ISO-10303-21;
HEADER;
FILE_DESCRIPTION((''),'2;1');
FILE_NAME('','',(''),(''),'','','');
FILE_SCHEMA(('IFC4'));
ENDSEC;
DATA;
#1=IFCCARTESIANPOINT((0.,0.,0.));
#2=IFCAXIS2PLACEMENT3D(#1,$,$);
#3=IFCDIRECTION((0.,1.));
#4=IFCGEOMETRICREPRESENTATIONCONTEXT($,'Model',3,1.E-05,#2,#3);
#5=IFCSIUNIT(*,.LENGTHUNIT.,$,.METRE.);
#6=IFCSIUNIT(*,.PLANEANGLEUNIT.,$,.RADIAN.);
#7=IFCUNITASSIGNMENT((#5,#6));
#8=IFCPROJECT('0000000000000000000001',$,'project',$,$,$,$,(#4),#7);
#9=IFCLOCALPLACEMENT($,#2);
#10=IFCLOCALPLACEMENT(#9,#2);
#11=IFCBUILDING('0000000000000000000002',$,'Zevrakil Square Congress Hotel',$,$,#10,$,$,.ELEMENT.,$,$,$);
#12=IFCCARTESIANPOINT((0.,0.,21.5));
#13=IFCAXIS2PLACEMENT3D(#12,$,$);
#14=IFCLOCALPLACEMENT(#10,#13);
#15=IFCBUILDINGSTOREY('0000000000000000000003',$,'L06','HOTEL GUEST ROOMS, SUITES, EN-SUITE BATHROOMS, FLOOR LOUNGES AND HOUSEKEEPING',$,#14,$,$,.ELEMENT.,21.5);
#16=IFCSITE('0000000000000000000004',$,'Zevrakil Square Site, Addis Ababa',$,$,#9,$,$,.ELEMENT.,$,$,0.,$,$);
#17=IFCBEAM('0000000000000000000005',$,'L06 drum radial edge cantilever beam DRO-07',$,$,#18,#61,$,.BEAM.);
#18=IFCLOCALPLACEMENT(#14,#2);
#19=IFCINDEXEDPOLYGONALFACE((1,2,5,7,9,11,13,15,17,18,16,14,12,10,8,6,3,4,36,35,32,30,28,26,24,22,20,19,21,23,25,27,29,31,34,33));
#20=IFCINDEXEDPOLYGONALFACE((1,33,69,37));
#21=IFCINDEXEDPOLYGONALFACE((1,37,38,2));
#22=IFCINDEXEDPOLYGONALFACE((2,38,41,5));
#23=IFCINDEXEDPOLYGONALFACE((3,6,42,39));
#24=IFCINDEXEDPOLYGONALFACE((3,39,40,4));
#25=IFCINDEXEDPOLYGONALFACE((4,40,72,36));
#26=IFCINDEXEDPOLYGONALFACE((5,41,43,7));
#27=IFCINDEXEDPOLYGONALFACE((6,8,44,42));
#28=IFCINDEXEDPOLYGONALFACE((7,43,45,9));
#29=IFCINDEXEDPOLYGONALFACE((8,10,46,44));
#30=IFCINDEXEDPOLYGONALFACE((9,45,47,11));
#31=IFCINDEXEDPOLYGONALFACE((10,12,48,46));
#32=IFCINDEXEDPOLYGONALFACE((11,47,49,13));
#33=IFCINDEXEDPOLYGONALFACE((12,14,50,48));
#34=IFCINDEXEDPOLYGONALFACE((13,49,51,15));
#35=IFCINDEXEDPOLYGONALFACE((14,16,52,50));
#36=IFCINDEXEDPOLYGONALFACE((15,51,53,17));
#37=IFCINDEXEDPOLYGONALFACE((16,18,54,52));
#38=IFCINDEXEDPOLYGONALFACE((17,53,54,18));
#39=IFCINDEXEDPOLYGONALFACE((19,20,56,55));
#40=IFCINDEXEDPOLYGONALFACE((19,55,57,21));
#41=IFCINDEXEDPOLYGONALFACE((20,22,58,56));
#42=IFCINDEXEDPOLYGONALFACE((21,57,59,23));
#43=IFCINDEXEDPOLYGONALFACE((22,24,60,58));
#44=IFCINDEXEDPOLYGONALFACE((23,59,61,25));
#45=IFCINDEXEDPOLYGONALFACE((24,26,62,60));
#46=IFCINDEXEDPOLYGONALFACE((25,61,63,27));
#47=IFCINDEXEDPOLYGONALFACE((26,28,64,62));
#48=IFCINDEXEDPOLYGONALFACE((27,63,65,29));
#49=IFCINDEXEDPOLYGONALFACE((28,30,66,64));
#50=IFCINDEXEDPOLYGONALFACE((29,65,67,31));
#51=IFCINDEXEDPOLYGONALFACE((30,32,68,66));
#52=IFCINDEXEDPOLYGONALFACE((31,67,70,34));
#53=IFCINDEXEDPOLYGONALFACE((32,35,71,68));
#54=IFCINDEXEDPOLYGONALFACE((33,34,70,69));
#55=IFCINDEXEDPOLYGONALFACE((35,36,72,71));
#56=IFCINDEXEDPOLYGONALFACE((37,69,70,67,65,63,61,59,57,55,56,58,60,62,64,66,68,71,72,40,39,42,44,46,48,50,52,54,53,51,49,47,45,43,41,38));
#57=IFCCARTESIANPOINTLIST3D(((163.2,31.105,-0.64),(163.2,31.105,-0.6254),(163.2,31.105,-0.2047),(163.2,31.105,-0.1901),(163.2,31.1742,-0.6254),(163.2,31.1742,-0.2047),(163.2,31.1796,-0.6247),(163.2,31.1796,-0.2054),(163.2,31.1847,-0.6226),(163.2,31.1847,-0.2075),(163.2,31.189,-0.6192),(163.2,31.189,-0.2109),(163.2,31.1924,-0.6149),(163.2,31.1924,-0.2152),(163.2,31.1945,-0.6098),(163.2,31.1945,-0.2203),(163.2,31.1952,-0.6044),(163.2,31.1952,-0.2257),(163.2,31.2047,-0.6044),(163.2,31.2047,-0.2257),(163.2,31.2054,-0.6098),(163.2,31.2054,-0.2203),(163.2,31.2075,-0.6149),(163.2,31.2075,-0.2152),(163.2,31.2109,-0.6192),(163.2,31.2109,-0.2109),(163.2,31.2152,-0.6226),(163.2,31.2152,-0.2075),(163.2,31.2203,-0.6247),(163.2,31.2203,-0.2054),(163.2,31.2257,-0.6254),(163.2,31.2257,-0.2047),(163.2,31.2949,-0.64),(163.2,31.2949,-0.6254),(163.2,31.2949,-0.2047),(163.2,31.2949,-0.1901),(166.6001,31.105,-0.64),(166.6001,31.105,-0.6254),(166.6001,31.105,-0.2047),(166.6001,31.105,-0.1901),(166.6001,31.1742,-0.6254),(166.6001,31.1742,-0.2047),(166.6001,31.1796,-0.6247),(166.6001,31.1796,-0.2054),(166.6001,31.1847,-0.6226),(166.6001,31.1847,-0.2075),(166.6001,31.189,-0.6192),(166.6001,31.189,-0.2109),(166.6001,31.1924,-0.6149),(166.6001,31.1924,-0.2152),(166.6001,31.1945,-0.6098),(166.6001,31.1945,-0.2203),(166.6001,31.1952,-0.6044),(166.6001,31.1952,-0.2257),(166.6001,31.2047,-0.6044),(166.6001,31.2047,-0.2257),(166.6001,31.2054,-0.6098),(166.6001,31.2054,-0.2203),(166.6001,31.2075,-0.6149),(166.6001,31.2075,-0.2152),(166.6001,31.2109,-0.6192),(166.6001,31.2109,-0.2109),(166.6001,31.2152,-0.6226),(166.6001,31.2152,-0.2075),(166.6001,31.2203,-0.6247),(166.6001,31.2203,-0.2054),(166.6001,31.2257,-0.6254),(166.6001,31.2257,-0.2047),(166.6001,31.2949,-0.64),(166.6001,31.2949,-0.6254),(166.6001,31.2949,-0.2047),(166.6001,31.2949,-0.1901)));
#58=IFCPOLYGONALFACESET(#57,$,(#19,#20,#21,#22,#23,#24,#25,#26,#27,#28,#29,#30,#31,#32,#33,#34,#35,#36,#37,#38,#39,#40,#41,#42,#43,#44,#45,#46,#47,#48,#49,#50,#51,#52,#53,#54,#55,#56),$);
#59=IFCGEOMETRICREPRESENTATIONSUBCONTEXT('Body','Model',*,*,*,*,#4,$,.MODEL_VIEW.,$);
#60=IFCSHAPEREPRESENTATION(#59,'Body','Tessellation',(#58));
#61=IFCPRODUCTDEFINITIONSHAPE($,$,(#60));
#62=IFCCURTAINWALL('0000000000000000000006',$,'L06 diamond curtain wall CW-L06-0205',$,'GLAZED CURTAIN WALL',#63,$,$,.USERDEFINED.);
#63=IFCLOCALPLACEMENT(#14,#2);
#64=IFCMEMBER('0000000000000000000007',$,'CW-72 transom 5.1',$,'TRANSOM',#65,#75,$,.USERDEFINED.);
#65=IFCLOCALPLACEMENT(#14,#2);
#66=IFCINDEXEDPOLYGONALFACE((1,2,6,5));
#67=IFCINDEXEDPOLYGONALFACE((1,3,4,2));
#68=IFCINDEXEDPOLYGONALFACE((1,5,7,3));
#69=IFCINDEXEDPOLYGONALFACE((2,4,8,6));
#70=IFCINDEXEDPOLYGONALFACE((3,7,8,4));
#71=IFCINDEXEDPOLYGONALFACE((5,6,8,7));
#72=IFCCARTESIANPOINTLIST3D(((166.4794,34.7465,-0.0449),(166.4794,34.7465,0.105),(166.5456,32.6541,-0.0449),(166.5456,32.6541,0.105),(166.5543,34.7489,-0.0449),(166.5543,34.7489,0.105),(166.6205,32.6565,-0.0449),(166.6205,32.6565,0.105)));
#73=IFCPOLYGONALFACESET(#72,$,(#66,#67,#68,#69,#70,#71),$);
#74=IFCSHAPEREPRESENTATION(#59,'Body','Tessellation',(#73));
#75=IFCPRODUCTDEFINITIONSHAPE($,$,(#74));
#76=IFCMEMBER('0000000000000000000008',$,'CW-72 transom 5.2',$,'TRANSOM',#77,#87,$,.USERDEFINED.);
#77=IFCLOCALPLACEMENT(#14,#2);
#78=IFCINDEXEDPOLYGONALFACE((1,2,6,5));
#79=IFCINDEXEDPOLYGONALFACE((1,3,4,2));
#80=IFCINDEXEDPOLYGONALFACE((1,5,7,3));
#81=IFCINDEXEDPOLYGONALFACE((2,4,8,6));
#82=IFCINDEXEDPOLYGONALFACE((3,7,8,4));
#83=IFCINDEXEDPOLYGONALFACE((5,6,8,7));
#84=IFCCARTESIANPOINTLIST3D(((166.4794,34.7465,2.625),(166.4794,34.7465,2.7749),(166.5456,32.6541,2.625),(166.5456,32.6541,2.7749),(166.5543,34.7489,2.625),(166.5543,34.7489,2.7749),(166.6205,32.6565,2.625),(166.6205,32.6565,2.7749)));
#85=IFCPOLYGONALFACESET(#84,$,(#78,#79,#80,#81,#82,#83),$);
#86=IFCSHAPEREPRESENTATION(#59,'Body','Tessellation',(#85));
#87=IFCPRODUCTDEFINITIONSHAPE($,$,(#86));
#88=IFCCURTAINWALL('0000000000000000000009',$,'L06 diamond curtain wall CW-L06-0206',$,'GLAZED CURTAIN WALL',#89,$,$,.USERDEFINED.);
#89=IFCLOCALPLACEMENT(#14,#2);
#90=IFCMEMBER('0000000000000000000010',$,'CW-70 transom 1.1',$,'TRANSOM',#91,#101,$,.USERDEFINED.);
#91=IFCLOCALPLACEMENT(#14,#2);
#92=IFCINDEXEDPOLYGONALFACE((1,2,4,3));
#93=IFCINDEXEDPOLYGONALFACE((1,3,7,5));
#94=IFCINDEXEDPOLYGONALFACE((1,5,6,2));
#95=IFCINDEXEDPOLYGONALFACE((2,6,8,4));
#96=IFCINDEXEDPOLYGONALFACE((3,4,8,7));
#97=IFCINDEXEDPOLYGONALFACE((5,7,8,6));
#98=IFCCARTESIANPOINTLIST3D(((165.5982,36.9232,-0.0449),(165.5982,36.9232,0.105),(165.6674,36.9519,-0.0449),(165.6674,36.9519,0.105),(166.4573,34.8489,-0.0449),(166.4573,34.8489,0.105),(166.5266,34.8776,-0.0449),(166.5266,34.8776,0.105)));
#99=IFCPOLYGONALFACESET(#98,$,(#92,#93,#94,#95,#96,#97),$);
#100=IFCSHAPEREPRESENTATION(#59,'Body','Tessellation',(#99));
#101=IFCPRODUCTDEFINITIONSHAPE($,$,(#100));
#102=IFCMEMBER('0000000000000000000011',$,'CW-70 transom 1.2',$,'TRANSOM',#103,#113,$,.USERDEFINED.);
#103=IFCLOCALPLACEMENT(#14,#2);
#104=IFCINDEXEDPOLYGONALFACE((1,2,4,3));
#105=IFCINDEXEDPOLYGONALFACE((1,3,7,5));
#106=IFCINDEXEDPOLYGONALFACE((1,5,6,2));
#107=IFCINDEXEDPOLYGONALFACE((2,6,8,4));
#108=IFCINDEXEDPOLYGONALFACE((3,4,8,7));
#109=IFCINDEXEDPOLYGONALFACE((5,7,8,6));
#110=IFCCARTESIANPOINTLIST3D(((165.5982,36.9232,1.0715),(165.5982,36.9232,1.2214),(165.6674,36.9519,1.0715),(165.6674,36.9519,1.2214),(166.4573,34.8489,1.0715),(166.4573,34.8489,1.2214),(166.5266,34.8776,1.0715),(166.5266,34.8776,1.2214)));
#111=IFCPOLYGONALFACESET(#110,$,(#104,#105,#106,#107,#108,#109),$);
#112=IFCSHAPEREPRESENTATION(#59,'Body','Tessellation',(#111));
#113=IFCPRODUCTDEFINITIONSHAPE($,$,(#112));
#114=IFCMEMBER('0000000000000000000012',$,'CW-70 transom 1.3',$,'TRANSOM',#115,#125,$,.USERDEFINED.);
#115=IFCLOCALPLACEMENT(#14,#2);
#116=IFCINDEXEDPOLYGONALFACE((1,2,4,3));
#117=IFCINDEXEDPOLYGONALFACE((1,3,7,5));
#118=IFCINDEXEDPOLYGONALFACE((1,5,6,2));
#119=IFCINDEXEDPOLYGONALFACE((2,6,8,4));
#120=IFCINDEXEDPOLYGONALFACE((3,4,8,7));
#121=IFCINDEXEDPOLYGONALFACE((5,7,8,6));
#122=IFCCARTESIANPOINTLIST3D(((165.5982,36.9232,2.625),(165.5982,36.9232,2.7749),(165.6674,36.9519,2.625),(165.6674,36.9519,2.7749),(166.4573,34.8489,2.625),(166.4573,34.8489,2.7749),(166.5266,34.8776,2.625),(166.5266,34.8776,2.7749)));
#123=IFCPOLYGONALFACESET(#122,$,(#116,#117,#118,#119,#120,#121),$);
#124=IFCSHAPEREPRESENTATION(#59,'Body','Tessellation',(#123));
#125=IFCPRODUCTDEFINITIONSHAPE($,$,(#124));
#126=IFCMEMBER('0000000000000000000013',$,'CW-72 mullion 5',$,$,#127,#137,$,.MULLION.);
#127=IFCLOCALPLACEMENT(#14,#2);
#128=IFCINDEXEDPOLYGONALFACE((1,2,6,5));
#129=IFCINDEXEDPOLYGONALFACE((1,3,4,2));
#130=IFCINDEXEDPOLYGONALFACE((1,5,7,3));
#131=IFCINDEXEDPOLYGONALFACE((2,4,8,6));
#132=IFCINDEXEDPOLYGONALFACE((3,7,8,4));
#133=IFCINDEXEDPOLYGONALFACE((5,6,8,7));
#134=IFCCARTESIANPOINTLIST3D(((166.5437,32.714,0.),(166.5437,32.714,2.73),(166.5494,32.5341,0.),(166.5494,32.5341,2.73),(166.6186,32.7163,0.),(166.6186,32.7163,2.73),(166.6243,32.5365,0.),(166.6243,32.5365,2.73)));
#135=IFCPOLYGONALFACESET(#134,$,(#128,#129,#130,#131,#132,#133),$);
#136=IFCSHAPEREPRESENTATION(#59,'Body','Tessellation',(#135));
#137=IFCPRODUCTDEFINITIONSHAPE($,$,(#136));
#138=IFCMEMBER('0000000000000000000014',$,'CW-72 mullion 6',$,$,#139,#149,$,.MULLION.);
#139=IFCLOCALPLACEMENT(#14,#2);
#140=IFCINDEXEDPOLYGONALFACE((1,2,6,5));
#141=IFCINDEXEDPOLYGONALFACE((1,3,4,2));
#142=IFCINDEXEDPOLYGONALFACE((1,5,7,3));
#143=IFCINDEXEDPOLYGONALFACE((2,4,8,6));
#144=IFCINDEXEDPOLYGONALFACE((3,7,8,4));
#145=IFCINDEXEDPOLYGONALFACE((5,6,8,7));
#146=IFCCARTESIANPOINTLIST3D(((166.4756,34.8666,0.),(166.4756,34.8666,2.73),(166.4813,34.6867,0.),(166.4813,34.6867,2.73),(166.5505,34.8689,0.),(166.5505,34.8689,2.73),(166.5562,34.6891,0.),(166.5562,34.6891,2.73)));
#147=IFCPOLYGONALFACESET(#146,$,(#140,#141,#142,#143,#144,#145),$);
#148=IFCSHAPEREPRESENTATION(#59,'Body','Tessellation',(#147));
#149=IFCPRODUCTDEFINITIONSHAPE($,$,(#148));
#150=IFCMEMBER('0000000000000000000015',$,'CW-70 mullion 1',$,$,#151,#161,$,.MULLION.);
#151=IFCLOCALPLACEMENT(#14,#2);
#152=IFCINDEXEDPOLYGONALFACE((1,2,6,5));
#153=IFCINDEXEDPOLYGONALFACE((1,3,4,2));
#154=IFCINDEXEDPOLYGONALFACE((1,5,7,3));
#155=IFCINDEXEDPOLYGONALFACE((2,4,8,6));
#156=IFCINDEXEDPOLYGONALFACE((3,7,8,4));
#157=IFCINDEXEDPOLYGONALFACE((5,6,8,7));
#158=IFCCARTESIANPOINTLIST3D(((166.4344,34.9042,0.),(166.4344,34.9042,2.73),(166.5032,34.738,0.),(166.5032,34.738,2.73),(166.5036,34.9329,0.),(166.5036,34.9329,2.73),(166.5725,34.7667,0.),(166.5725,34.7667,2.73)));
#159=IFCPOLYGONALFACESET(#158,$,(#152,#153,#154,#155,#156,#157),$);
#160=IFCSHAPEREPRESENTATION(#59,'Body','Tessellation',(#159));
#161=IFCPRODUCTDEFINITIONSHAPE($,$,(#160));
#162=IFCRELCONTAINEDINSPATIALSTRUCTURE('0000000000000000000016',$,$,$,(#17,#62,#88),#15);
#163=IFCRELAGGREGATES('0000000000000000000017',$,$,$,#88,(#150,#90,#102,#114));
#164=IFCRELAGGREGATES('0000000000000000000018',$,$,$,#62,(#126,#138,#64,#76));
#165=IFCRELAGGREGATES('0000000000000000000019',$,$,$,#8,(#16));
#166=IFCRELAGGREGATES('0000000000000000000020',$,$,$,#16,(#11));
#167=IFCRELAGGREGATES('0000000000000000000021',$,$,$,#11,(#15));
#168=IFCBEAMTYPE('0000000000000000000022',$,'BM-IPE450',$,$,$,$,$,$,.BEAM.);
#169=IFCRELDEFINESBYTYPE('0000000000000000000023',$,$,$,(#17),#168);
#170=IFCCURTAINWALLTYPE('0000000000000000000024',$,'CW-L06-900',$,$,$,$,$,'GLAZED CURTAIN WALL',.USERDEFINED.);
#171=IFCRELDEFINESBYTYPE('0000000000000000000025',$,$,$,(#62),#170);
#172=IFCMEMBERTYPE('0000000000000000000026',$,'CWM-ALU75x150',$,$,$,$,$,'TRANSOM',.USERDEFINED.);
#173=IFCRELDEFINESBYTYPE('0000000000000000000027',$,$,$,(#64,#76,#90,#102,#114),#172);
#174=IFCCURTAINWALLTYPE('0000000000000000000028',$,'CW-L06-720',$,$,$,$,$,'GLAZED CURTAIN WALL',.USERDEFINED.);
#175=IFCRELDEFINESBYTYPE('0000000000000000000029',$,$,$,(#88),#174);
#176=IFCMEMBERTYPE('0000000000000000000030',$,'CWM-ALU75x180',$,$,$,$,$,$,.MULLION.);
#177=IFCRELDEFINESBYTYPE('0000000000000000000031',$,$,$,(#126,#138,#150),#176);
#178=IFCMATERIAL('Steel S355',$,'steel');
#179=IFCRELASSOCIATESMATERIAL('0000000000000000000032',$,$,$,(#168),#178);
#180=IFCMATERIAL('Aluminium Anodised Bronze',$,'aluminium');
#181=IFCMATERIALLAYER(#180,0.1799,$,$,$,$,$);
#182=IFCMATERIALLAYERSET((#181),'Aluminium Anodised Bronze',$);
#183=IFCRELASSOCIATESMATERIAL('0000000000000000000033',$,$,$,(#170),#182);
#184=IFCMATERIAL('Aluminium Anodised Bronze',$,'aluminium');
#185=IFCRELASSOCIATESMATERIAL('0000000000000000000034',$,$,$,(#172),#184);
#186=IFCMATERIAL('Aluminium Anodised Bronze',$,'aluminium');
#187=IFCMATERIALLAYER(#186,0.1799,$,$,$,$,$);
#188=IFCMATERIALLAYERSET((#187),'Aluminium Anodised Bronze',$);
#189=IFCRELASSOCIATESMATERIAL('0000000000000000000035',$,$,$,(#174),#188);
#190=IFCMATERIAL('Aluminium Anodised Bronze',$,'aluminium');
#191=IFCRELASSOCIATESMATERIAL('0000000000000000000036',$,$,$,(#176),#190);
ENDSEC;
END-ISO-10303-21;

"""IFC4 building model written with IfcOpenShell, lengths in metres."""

from ifc_helpers import new_model, si_unit, direction, frame, origin, origin_2d, place, context, subcontext, project, spatial, rectangle, i_section, extrude, material, layer, layer_set, material_profile, profile_set, type_object, element, aggregate, save


model = new_model("IFC4")

# Units and contexts
model_context = context("Model", 3, precision=1e-05, world=origin(), true_north=direction((0.0, 1.0)))
body_context = subcontext(model_context, "Body", "Model", "MODEL_VIEW")
ifc_project = project(units=[si_unit("LENGTHUNIT", "METRE"), si_unit("PLANEANGLEUNIT", "RADIAN")], contexts=[model_context])

# Site, building, storey
site_placement = place(None, origin())
site = spatial("IfcSite", under=ifc_project, at=site_placement, Name="Zevrakil Square Site, Addis Ababa", CompositionType="ELEMENT", RefElevation=0.0)
building_placement = place(site_placement, origin())
building = spatial("IfcBuilding", under=site, at=building_placement, Name="Zevrakil Square Congress Hotel", CompositionType="ELEMENT")
storey_placement = place(building_placement, frame((0.0, 0.0, 21.5)))
storey = spatial("IfcBuildingStorey", under=building, at=storey_placement, Name="L06", Description="HOTEL GUEST ROOMS, SUITES, EN-SUITE BATHROOMS, FLOOR LOUNGES AND HOUSEKEEPING", CompositionType="ELEMENT", Elevation=21.5)

# Beam
ifc_material_1 = material(Name="Steel S355", Category="steel")
ifc_material_profile_1 = material_profile(ifc_material_1, i_section(OverallWidth=0.1899, OverallDepth=0.45, WebThickness=0.0095, FlangeThickness=0.0146, FilletRadius=0.021, at=origin_2d()), Name="IPE 450")
ifc_profile_set_1 = profile_set([ifc_material_profile_1], Name="Steel S355")
beam_type_1 = type_object("IfcBeamType", Name="BM-IPE450", PredefinedType="BEAM", material=ifc_profile_set_1)
beam_1_placement = place(storey_placement, frame((163.2, 31.2, -0.415), z_axis=(1.0, 0.0, 0.0), x_axis=(0.0, 1.0, 0.0)))
element("IfcBeam", 1, at=beam_1_placement, inside=storey, type_object=beam_type_1, Name="L06 drum radial edge cantilever beam DRO-07", PredefinedType="BEAM", context=body_context, shape_type="SweptSolid", body=[
    extrude(i_section(OverallWidth=0.1899, OverallDepth=0.45, WebThickness=0.0095, FlangeThickness=0.0146, FilletRadius=0.021, at=origin_2d()), origin(), (0.0, 0.0, 1.0), 3.4001),
])

# Curtain walls, members
ifc_material_2 = material(Name="Aluminium Anodised Bronze", Category="aluminium")
ifc_layer_1 = layer(ifc_material_2, 0.1799)
ifc_layer_set_1 = layer_set([ifc_layer_1], Name="Aluminium Anodised Bronze")
curtain_wall_type_1 = type_object("IfcCurtainWallType", Name="CW-L06-900", ElementType="GLAZED CURTAIN WALL", PredefinedType="USERDEFINED", material=ifc_layer_set_1)
curtain_wall_1_placement = place(storey_placement, origin())
curtain_wall_1 = element("IfcCurtainWall", 2, at=curtain_wall_1_placement, inside=storey, type_object=curtain_wall_type_1, Name="L06 diamond curtain wall CW-L06-0205", ObjectType="GLAZED CURTAIN WALL", PredefinedType="USERDEFINED")
ifc_material_3 = material(Name="Aluminium Anodised Bronze", Category="aluminium")
ifc_material_profile_2 = material_profile(ifc_material_3, rectangle(XDim=0.075, YDim=0.1499, at=origin_2d()), Name="ALU 75x150")
ifc_profile_set_2 = profile_set([ifc_material_profile_2], Name="Aluminium Anodised Bronze")
member_type_1 = type_object("IfcMemberType", Name="CWM-ALU75x150", ElementType="TRANSOM", PredefinedType="USERDEFINED", material=ifc_profile_set_2)
member_1_placement = place(storey_placement, frame((166.583, 32.6553, 0.03), z_axis=(-0.031602, 0.999501, 0.0), x_axis=(-0.999501, -0.031602, 0.0)))
member_1 = element("IfcMember", 3, at=member_1_placement, type_object=member_type_1, Name="CW-72 transom 5.1", ObjectType="TRANSOM", PredefinedType="USERDEFINED", context=body_context, shape_type="SweptSolid", body=[
    extrude(rectangle(XDim=0.075, YDim=0.1499, at=origin_2d()), origin(), (0.0, 0.0, 1.0), 2.0935),
])
member_2_placement = place(storey_placement, frame((166.583, 32.6553, 2.7), z_axis=(-0.031602, 0.999501, 0.0), x_axis=(-0.999501, -0.031602, 0.0)))
member_2 = element("IfcMember", 4, at=member_2_placement, type_object=member_type_1, Name="CW-72 transom 5.2", ObjectType="TRANSOM", PredefinedType="USERDEFINED", context=body_context, shape_type="SweptSolid", body=[
    extrude(rectangle(XDim=0.075, YDim=0.1499, at=origin_2d()), origin(), (0.0, 0.0, 1.0), 2.0935),
])
ifc_material_4 = material(Name="Aluminium Anodised Bronze", Category="aluminium")
ifc_layer_2 = layer(ifc_material_4, 0.1799)
ifc_layer_set_2 = layer_set([ifc_layer_2], Name="Aluminium Anodised Bronze")
curtain_wall_type_2 = type_object("IfcCurtainWallType", Name="CW-L06-720", ElementType="GLAZED CURTAIN WALL", PredefinedType="USERDEFINED", material=ifc_layer_set_2)
curtain_wall_2_placement = place(storey_placement, origin())
curtain_wall_2 = element("IfcCurtainWall", 5, at=curtain_wall_2_placement, inside=storey, type_object=curtain_wall_type_2, Name="L06 diamond curtain wall CW-L06-0206", ObjectType="GLAZED CURTAIN WALL", PredefinedType="USERDEFINED")
member_3_placement = place(storey_placement, frame((166.4919, 34.8633, 0.03), z_axis=(-0.382669, 0.923886, 0.0), x_axis=(-0.923886, -0.382669, 0.0)))
member_3 = element("IfcMember", 6, at=member_3_placement, type_object=member_type_1, Name="CW-70 transom 1.1", ObjectType="TRANSOM", PredefinedType="USERDEFINED", context=body_context, shape_type="SweptSolid", body=[
    extrude(rectangle(XDim=0.075, YDim=0.1499, at=origin_2d()), origin(), (0.0, 0.0, 1.0), 2.2451),
])
member_4_placement = place(storey_placement, frame((166.4919, 34.8633, 1.1465), z_axis=(-0.382669, 0.923886, 0.0), x_axis=(-0.923886, -0.382669, 0.0)))
member_4 = element("IfcMember", 7, at=member_4_placement, type_object=member_type_1, Name="CW-70 transom 1.2", ObjectType="TRANSOM", PredefinedType="USERDEFINED", context=body_context, shape_type="SweptSolid", body=[
    extrude(rectangle(XDim=0.075, YDim=0.1499, at=origin_2d()), origin(), (0.0, 0.0, 1.0), 2.2451),
])
member_5_placement = place(storey_placement, frame((166.4919, 34.8633, 2.7), z_axis=(-0.382669, 0.923886, 0.0), x_axis=(-0.923886, -0.382669, 0.0)))
member_5 = element("IfcMember", 8, at=member_5_placement, type_object=member_type_1, Name="CW-70 transom 1.3", ObjectType="TRANSOM", PredefinedType="USERDEFINED", context=body_context, shape_type="SweptSolid", body=[
    extrude(rectangle(XDim=0.075, YDim=0.1499, at=origin_2d()), origin(), (0.0, 0.0, 1.0), 2.2451),
])

# Members
ifc_material_5 = material(Name="Aluminium Anodised Bronze", Category="aluminium")
ifc_material_profile_3 = material_profile(ifc_material_5, rectangle(XDim=0.075, YDim=0.1799, at=origin_2d()), Name="ALU 75x180")
ifc_profile_set_3 = profile_set([ifc_material_profile_3], Name="Aluminium Anodised Bronze")
member_type_2 = type_object("IfcMemberType", Name="CWM-ALU75x180", PredefinedType="MULLION", material=ifc_profile_set_3)
member_6_placement = place(storey_placement, frame((166.584, 32.6252, 0.0), z_axis=(0.0, 0.0, 1.0), x_axis=(-0.999501, -0.031598, 0.0)))
member_6 = element("IfcMember", 9, at=member_6_placement, type_object=member_type_2, Name="CW-72 mullion 5", PredefinedType="MULLION", context=body_context, shape_type="SweptSolid", body=[
    extrude(rectangle(XDim=0.075, YDim=0.1799, at=origin_2d()), origin(), (0.0, 0.0, 1.0), 2.73),
])
member_7_placement = place(storey_placement, frame((166.5159, 34.7778, 0.0), z_axis=(0.0, 0.0, 1.0), x_axis=(-0.999501, -0.031598, 0.0)))
member_7 = element("IfcMember", 10, at=member_7_placement, type_object=member_type_2, Name="CW-72 mullion 6", PredefinedType="MULLION", context=body_context, shape_type="SweptSolid", body=[
    extrude(rectangle(XDim=0.075, YDim=0.1799, at=origin_2d()), origin(), (0.0, 0.0, 1.0), 2.73),
])
member_8_placement = place(storey_placement, frame((166.5034, 34.8354, 0.0), z_axis=(0.0, 0.0, 1.0), x_axis=(-0.923879, -0.382684, 0.0)))
member_8 = element("IfcMember", 11, at=member_8_placement, type_object=member_type_2, Name="CW-70 mullion 1", PredefinedType="MULLION", context=body_context, shape_type="SweptSolid", body=[
    extrude(rectangle(XDim=0.075, YDim=0.1799, at=origin_2d()), origin(), (0.0, 0.0, 1.0), 2.73),
])
aggregate(curtain_wall_2, [member_8, member_3, member_4, member_5])

aggregate(curtain_wall_1, [member_6, member_7, member_1, member_2])

save(model, "model.ifc")
